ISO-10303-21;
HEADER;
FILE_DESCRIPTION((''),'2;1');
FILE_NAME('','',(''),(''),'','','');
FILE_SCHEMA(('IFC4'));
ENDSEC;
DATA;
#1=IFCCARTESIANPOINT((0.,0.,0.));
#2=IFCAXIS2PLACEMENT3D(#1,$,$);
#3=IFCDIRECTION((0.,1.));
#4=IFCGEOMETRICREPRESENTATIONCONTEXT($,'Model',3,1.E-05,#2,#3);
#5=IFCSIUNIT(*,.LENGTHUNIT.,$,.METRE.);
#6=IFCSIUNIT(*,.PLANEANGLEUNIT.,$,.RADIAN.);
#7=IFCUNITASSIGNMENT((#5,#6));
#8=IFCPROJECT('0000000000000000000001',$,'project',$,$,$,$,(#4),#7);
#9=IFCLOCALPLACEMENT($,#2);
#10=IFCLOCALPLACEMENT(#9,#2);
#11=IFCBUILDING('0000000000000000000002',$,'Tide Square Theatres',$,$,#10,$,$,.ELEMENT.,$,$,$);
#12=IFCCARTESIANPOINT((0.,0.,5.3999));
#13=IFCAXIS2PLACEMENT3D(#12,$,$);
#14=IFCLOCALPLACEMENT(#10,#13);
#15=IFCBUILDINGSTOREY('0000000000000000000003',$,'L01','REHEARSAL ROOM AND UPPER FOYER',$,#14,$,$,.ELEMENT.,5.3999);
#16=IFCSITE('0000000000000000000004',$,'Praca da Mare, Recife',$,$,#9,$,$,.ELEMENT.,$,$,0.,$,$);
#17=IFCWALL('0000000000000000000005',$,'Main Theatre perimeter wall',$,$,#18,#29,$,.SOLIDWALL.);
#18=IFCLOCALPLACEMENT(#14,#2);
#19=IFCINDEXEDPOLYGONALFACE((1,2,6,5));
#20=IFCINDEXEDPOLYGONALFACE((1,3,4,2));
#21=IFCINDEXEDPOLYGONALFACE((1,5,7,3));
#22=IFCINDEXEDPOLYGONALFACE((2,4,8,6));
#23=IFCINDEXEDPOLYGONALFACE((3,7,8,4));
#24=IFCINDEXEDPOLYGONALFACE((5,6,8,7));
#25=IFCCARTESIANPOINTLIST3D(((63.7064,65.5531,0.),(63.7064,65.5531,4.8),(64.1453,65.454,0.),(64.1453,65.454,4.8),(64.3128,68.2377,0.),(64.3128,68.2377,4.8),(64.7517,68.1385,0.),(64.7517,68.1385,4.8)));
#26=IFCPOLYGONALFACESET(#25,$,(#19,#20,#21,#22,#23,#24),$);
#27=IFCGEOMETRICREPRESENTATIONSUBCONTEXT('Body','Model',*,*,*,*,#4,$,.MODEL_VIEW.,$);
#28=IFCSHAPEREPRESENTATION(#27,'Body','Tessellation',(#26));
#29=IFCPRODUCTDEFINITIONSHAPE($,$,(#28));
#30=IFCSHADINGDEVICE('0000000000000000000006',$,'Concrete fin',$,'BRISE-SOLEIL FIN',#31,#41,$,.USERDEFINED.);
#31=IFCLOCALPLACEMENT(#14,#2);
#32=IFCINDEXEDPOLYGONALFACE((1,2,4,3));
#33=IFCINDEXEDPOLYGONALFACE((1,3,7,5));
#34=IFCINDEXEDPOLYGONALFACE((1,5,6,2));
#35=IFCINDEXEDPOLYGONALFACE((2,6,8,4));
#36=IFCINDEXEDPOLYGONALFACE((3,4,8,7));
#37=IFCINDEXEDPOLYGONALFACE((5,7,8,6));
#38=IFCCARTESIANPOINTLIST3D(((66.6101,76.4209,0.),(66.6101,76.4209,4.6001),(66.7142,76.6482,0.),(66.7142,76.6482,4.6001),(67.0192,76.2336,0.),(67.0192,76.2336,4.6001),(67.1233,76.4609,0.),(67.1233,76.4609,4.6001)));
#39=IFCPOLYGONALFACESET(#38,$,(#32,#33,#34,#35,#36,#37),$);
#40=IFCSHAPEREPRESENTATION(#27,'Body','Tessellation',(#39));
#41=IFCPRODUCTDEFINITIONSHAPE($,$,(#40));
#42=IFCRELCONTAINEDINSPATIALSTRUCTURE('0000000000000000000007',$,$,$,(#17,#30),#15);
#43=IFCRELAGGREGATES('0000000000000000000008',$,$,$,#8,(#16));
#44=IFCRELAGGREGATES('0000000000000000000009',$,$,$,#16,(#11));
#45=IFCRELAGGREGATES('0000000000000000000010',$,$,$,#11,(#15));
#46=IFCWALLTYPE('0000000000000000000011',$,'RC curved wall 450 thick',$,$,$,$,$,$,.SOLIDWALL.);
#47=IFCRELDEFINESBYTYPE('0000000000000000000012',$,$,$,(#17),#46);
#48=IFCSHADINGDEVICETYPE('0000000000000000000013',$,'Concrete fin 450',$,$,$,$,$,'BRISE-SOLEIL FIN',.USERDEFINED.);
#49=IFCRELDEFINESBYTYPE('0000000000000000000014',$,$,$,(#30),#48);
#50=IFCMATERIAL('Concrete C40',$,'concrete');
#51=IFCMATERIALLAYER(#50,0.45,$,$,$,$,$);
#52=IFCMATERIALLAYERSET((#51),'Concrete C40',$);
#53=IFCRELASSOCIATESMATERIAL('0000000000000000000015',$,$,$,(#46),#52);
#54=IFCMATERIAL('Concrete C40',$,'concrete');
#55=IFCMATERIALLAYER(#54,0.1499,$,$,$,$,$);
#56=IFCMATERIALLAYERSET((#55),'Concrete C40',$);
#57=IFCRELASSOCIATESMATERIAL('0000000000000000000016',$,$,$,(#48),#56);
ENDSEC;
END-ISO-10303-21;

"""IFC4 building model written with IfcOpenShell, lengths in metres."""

from ifc_helpers import new_model, si_unit, direction, frame, frame_2d, origin, origin_2d, place, context, subcontext, project, spatial, rectangle, extrude, material, layer, layer_set, type_object, element, save


model = new_model("IFC4")

# Units and contexts
model_context = context("Model", 3, precision=1e-05, world=origin(), true_north=direction((0.0, 1.0)))
body_context = subcontext(model_context, "Body", "Model", "MODEL_VIEW")
ifc_project = project(units=[si_unit("LENGTHUNIT", "METRE"), si_unit("PLANEANGLEUNIT", "RADIAN")], contexts=[model_context])

# Site, building, storey
site_placement = place(None, origin())
site = spatial("IfcSite", under=ifc_project, at=site_placement, Name="Praca da Mare, Recife", CompositionType="ELEMENT", RefElevation=0.0)
building_placement = place(site_placement, origin())
building = spatial("IfcBuilding", under=site, at=building_placement, Name="Tide Square Theatres", CompositionType="ELEMENT")
storey_placement = place(building_placement, frame((0.0, 0.0, 5.3999)))
storey = spatial("IfcBuildingStorey", under=building, at=storey_placement, Name="L01", Description="REHEARSAL ROOM AND UPPER FOYER", CompositionType="ELEMENT", Elevation=5.3999)

# Shared definitions
ifc_material_1 = material(Name="Concrete C40", Category="concrete")
ifc_layer_1 = layer(ifc_material_1, 0.45)
ifc_layer_set_1 = layer_set([ifc_layer_1], Name="Concrete C40")
wall_type_1 = type_object("IfcWallType", Name="RC curved wall 450 thick", PredefinedType="SOLIDWALL", material=ifc_layer_set_1)

# Wall
wall_1_placement = place(storey_placement, frame((64.5322, 68.188, 0.0), z_axis=(0.0, 0.0, 1.0), x_axis=(-0.220348, -0.975421, 0.0)))
element("IfcWall", 1, at=wall_1_placement, inside=storey, type_object=wall_type_1, Name="Main Theatre perimeter wall", PredefinedType="SOLIDWALL", context=body_context, shape_type="SweptSolid", body=[
    extrude(rectangle(XDim=2.7522, YDim=0.45, at=frame_2d((1.376, 0.0))), origin(), (0.0, 0.0, 1.0), 4.8),
])

# Shading device
ifc_material_2 = material(Name="Concrete C40", Category="concrete")
ifc_layer_2 = layer(ifc_material_2, 0.1499)
ifc_layer_set_2 = layer_set([ifc_layer_2], Name="Concrete C40")
shading_device_type = type_object("IfcShadingDeviceType", Name="Concrete fin 450", ElementType="BRISE-SOLEIL FIN", PredefinedType="USERDEFINED", material=ifc_layer_set_2)
shading_device_placement = place(storey_placement, frame((66.8667, 76.4409, 0.0), z_axis=(0.0, 0.0, 1.0), x_axis=(-0.416344, -0.909207, 0.0)))
element("IfcShadingDevice", 2, at=shading_device_placement, inside=storey, type_object=shading_device_type, Name="Concrete fin", ObjectType="BRISE-SOLEIL FIN", PredefinedType="USERDEFINED", context=body_context, shape_type="SweptSolid", body=[
    extrude(rectangle(XDim=0.25, YDim=0.45, at=origin_2d()), origin(), (0.0, 0.0, 1.0), 4.6001),
])

save(model, "model.ifc")
